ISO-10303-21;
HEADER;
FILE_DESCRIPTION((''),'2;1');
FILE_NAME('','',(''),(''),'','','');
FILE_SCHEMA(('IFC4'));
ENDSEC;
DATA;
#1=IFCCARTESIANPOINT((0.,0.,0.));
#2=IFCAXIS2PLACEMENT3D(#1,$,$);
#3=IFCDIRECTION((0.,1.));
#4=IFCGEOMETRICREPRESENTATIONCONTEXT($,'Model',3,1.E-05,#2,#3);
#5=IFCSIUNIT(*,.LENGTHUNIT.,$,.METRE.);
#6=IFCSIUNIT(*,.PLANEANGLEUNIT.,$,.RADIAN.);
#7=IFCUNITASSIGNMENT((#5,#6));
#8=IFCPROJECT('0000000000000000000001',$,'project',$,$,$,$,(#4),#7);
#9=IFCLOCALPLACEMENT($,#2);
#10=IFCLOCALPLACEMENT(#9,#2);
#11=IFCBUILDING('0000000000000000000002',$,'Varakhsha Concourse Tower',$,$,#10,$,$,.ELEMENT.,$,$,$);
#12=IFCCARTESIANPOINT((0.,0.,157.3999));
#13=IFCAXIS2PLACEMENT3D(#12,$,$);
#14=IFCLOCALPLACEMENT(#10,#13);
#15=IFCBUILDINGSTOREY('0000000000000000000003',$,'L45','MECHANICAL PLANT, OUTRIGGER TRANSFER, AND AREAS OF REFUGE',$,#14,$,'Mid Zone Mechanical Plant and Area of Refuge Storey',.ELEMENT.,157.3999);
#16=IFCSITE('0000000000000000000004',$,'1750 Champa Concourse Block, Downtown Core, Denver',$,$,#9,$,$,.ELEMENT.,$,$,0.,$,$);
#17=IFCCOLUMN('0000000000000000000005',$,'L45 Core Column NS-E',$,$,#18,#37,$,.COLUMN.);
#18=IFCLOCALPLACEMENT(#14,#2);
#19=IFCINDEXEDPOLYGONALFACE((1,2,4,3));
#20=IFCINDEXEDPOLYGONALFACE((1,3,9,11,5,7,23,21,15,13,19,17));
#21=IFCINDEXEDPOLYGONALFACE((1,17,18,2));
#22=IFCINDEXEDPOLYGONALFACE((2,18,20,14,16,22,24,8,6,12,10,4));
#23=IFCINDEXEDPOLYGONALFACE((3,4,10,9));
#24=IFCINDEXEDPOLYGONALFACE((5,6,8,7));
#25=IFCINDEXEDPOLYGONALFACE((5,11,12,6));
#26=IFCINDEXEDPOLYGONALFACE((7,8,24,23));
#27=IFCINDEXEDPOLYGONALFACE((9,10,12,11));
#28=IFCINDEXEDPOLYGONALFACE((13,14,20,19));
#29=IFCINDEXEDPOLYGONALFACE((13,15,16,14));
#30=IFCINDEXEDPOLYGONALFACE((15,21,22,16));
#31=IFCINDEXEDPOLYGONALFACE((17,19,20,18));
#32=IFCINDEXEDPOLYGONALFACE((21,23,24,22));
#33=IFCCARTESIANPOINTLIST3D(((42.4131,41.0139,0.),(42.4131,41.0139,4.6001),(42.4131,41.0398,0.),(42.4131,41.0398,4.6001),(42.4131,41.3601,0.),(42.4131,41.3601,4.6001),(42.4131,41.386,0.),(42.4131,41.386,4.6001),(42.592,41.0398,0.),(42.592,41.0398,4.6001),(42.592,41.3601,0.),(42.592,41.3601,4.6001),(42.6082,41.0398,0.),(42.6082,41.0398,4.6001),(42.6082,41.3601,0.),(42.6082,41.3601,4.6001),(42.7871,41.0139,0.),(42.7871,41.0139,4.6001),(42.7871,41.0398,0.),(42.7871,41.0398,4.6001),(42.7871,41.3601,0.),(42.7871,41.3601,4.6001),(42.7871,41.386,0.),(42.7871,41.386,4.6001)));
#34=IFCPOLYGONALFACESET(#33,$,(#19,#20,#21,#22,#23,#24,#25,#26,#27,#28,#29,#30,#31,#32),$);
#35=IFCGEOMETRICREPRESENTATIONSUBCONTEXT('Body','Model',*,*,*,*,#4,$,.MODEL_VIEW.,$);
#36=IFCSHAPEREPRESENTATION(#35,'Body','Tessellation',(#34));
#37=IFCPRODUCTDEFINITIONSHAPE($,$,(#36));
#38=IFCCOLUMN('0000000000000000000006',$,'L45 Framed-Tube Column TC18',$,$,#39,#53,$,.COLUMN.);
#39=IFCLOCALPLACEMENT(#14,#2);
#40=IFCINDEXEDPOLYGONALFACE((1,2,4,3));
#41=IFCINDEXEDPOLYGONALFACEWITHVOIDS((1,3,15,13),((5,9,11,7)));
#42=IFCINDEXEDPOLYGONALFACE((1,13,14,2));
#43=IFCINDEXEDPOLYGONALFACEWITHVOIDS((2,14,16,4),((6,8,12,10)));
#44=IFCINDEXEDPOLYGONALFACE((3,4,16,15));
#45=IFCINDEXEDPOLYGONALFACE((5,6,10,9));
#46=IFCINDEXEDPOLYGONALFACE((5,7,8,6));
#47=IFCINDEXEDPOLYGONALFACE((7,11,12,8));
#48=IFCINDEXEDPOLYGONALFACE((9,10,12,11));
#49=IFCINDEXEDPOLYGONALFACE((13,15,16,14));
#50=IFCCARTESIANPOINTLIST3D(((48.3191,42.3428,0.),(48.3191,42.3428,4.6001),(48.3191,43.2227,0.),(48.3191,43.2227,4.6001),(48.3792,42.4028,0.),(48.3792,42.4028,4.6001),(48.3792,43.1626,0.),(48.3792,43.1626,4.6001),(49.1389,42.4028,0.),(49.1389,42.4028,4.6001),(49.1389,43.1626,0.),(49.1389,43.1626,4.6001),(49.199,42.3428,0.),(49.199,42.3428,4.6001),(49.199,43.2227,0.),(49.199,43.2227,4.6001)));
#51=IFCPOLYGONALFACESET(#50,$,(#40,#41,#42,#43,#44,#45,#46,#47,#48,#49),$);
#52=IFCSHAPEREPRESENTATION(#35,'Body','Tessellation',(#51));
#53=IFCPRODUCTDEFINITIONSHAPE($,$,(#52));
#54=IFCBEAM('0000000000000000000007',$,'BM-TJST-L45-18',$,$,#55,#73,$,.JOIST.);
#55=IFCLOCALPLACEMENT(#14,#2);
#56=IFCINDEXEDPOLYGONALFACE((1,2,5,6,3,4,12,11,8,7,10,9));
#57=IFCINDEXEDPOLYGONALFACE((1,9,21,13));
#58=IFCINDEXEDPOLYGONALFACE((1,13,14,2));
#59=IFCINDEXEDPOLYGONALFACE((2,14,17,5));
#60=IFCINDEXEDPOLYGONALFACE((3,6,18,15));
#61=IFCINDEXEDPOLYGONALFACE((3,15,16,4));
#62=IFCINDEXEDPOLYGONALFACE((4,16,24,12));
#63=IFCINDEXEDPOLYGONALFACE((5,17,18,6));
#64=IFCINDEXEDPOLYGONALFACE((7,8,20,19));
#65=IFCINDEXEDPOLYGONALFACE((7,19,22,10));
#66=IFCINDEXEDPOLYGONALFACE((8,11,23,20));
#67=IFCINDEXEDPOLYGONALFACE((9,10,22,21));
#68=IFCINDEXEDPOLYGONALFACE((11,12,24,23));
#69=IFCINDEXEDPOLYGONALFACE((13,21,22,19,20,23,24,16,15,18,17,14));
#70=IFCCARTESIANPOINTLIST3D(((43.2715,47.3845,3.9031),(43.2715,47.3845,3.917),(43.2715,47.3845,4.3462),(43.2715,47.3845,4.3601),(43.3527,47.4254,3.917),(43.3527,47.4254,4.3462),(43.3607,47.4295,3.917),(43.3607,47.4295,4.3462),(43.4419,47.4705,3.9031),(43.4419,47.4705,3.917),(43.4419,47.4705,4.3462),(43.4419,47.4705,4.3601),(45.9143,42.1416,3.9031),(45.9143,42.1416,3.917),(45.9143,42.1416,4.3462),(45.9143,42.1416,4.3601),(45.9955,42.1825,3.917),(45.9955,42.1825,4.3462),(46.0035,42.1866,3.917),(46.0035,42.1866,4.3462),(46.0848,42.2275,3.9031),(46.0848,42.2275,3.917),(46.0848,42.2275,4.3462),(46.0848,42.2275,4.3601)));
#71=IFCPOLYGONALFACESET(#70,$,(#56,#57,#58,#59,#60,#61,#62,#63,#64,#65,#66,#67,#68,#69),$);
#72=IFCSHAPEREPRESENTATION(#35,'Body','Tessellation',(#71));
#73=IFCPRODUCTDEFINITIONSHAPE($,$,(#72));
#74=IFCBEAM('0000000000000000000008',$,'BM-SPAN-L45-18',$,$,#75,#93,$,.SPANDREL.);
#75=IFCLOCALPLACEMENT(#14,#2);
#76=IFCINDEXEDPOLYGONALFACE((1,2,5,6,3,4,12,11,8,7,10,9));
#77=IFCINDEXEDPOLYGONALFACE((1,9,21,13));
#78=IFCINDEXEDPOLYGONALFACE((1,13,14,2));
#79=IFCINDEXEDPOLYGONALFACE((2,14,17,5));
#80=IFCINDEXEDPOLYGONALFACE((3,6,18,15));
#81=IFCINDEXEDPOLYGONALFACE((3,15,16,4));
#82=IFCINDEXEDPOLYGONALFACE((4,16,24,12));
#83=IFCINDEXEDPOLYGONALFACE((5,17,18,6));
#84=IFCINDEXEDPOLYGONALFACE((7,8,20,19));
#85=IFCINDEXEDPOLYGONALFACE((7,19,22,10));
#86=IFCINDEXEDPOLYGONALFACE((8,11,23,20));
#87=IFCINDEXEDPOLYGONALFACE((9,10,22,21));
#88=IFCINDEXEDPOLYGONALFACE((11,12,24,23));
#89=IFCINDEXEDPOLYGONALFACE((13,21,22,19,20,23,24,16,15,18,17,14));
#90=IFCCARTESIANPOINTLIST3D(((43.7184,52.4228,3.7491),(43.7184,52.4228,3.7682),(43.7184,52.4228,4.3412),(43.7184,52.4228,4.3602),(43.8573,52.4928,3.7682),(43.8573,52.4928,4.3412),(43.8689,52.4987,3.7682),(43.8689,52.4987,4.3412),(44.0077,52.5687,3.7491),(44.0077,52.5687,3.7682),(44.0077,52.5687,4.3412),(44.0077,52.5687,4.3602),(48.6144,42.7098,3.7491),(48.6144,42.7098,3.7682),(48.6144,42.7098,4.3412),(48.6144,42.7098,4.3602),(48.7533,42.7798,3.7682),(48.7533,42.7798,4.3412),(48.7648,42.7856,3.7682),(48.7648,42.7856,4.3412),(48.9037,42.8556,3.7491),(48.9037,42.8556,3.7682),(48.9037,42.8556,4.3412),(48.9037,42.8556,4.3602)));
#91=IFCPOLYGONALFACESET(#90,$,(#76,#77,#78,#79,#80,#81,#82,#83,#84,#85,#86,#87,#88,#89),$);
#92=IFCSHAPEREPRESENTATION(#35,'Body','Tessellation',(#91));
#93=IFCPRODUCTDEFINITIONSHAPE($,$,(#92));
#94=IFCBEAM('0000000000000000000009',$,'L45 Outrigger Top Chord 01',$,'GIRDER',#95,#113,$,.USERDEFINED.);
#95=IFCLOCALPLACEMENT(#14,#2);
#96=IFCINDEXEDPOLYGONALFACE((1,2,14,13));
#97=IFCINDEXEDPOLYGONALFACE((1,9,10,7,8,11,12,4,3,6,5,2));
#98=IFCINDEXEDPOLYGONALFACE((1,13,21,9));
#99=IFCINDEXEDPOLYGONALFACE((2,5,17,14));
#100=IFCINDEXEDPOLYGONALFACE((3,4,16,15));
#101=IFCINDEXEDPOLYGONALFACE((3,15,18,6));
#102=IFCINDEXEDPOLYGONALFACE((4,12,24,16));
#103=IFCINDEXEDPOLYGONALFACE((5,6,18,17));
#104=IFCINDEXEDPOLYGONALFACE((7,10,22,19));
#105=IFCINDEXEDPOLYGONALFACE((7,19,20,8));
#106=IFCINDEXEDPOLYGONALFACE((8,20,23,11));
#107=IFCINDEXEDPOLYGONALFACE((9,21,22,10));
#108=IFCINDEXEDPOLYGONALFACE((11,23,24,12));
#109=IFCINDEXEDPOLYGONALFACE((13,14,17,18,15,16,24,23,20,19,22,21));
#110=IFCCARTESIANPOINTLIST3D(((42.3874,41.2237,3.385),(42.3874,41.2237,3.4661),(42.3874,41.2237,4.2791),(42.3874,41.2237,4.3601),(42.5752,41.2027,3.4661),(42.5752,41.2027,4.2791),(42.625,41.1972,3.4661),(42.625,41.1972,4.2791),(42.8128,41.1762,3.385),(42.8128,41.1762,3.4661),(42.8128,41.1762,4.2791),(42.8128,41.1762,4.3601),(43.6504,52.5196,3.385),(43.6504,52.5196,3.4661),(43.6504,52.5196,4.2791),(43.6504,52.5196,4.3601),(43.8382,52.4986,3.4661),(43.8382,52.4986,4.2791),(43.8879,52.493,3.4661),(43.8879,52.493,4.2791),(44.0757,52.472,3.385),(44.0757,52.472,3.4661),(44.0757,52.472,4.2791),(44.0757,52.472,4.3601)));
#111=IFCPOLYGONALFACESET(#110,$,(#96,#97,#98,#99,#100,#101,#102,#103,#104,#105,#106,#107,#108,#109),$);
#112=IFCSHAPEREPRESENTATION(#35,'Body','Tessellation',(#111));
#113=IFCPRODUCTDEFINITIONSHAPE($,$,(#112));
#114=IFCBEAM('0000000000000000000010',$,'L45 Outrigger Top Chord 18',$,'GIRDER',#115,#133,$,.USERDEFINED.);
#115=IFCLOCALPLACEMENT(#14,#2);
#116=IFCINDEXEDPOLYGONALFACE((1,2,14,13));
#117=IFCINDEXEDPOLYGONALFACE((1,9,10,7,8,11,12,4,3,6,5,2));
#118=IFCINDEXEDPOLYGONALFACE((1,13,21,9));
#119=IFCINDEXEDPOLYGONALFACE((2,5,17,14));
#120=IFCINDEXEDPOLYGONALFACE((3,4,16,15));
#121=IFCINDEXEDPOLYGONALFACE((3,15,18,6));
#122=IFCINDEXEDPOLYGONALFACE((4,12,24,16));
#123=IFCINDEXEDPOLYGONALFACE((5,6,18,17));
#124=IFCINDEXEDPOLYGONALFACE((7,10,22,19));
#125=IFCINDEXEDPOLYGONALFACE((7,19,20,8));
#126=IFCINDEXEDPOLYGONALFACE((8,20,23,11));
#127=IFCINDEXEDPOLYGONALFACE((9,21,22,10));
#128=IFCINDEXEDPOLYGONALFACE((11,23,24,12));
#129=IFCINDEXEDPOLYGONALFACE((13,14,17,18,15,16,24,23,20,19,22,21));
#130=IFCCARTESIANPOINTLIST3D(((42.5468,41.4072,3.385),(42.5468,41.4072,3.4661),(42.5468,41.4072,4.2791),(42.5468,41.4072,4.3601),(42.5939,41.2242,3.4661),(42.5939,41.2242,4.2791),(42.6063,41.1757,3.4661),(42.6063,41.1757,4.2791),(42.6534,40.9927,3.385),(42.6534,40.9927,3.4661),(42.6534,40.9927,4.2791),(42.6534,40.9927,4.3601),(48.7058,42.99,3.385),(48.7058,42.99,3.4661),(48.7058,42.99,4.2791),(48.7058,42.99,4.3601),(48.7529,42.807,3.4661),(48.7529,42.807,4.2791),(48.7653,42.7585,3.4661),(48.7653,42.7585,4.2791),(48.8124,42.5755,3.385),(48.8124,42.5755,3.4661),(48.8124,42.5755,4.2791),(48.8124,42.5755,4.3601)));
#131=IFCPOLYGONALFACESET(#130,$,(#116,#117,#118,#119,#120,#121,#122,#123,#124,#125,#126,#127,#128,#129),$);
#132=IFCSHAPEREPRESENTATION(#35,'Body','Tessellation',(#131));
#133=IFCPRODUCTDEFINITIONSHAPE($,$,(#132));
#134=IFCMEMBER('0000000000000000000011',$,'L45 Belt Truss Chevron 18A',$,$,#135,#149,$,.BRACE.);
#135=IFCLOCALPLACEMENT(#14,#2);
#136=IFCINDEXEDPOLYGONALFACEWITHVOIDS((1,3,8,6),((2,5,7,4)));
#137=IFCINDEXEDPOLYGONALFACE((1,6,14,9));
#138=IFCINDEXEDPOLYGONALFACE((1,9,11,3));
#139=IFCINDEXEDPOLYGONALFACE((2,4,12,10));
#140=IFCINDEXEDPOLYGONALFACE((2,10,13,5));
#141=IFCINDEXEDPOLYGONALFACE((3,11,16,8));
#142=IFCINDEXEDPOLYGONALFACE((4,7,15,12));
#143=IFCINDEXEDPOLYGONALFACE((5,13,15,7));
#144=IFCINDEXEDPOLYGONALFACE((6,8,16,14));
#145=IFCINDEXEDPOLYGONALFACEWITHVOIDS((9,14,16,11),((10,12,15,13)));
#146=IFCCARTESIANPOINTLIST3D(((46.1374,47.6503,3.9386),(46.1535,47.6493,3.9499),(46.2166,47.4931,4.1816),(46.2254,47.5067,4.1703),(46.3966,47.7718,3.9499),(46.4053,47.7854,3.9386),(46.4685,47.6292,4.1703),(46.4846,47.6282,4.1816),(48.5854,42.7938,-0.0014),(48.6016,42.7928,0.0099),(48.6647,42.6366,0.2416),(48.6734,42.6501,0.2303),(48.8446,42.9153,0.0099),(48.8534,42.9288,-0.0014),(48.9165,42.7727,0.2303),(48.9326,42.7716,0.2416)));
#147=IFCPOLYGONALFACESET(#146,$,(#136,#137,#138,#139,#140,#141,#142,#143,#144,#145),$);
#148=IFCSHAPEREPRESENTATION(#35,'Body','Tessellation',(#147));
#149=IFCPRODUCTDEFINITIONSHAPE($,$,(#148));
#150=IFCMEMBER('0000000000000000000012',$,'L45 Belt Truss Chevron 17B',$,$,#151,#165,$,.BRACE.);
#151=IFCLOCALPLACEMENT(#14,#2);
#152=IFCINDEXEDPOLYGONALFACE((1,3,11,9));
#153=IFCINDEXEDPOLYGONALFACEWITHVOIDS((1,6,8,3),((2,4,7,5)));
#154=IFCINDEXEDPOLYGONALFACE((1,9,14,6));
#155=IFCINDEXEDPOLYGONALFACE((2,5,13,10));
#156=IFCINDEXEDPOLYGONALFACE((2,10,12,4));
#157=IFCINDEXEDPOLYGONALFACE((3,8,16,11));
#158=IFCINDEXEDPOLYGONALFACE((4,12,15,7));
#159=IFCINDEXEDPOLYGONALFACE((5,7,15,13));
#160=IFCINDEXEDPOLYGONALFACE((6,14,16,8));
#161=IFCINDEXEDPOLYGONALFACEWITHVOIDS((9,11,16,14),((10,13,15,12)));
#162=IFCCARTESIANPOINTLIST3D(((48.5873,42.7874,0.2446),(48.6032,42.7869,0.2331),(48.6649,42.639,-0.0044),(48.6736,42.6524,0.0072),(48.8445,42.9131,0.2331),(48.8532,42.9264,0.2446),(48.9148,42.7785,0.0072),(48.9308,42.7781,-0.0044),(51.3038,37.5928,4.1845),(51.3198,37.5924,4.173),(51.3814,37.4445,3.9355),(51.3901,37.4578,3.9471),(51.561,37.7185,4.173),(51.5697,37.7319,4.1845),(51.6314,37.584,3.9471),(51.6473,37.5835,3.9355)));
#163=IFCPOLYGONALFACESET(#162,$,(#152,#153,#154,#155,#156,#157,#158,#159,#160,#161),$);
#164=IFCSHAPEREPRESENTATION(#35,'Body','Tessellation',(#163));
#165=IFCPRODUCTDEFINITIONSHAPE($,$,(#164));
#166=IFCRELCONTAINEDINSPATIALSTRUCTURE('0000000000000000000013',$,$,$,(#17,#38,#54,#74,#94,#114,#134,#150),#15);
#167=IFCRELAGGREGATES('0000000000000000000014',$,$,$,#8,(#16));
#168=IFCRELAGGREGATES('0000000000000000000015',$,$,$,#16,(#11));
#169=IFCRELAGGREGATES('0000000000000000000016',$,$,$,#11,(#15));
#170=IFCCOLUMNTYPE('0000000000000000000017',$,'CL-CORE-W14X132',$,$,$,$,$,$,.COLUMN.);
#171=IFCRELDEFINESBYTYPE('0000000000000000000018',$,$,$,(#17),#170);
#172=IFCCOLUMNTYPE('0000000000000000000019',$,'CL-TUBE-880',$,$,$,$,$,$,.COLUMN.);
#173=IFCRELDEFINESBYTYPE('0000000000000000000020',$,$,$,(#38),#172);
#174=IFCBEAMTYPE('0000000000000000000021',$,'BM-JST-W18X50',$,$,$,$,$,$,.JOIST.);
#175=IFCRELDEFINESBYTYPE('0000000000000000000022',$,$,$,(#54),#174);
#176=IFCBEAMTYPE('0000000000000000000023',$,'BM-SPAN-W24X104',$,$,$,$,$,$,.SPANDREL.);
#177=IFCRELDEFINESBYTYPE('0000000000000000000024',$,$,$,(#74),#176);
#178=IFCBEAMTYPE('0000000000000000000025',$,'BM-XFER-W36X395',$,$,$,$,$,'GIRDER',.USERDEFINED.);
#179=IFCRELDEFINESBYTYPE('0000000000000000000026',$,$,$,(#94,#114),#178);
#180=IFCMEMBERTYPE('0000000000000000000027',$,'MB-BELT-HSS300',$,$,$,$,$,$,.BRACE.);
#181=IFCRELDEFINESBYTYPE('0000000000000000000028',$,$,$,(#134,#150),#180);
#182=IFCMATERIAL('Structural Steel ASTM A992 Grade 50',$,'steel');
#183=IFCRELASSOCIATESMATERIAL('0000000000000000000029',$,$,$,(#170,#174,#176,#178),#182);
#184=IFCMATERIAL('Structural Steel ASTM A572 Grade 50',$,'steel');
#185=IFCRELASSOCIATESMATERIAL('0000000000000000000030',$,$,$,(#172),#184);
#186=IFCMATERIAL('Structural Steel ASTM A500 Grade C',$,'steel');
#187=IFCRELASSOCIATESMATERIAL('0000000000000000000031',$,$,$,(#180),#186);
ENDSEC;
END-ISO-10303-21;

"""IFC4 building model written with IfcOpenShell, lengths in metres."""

from ifc_helpers import new_model, si_unit, direction, frame, origin, origin_2d, place, context, subcontext, project, spatial, hollow_rectangle, i_section, extrude, source, transform, mapped, material, material_profile, profile_set, type_object, type_shapes, element, save


model = new_model("IFC4")

# Units and contexts
model_context = context("Model", 3, precision=1e-05, world=origin(), true_north=direction((0.0, 1.0)))
body_context = subcontext(model_context, "Body", "Model", "MODEL_VIEW")
ifc_project = project(units=[si_unit("LENGTHUNIT", "METRE"), si_unit("PLANEANGLEUNIT", "RADIAN")], contexts=[model_context])

# Site, building, storey
site_placement = place(None, origin())
site = spatial("IfcSite", under=ifc_project, at=site_placement, Name="1750 Champa Concourse Block, Downtown Core, Denver", CompositionType="ELEMENT", RefElevation=0.0)
building_placement = place(site_placement, origin())
building = spatial("IfcBuilding", under=site, at=building_placement, Name="Varakhsha Concourse Tower", CompositionType="ELEMENT")
storey_placement = place(building_placement, frame((0.0, 0.0, 157.3999)))
storey = spatial("IfcBuildingStorey", under=building, at=storey_placement, Name="L45", Description="MECHANICAL PLANT, OUTRIGGER TRANSFER, AND AREAS OF REFUGE", LongName="Mid Zone Mechanical Plant and Area of Refuge Storey", CompositionType="ELEMENT", Elevation=157.3999)

# Columns
ifc_material_1 = material(Name="Structural Steel ASTM A992 Grade 50", Category="steel")
ifc_material_profile_1 = material_profile(ifc_material_1, i_section(OverallWidth=0.374, OverallDepth=0.3721, WebThickness=0.0161, FlangeThickness=0.0259, at=origin_2d()), Name="W14X132")
ifc_profile_set_1 = profile_set([ifc_material_profile_1], Name="Structural Steel ASTM A992 Grade 50")
column_type_1 = type_object("IfcColumnType", Name="CL-CORE-W14X132", PredefinedType="COLUMN", material=ifc_profile_set_1)
column_1_placement = place(storey_placement, frame((42.6001, 41.2, 0.0), z_axis=(0.0, 0.0, 1.0), x_axis=(1.0, 0.0, 0.0)))
element("IfcColumn", 1, at=column_1_placement, inside=storey, type_object=column_type_1, Name="L45 Core Column NS-E", PredefinedType="COLUMN", context=body_context, shape_type="SweptSolid", body=[
    extrude(i_section(OverallWidth=0.374, OverallDepth=0.3721, WebThickness=0.0161, FlangeThickness=0.0259, at=origin_2d()), origin(), (0.0, 0.0, 1.0), 4.6001),
])
ifc_material_2 = material(Name="Structural Steel ASTM A572 Grade 50", Category="steel")
ifc_material_profile_2 = material_profile(ifc_material_2, hollow_rectangle(XDim=0.8799, YDim=0.8799, WallThickness=0.0601, at=origin_2d()), Name="BOX 880x880x60")
ifc_profile_set_2 = profile_set([ifc_material_profile_2], Name="Structural Steel ASTM A572 Grade 50")
column_type_2 = type_object("IfcColumnType", Name="CL-TUBE-880", PredefinedType="COLUMN", material=ifc_profile_set_2)
column_2_placement = place(storey_placement, frame((48.759, 42.7827, 0.0), z_axis=(0.0, 0.0, 1.0), x_axis=(1.0, 0.0, 0.0)))
element("IfcColumn", 2, at=column_2_placement, inside=storey, type_object=column_type_2, Name="L45 Framed-Tube Column TC18", PredefinedType="COLUMN", context=body_context, shape_type="SweptSolid", body=[
    extrude(hollow_rectangle(XDim=0.8799, YDim=0.8799, WallThickness=0.0601, at=origin_2d()), origin(), (0.0, 0.0, 1.0), 4.6001),
])

# Beams
ifc_material_profile_3 = material_profile(ifc_material_1, i_section(OverallWidth=0.1909, OverallDepth=0.457, WebThickness=0.009, FlangeThickness=0.0139, at=origin_2d()), Name="W18X50")
ifc_profile_set_3 = profile_set([ifc_material_profile_3], Name="Structural Steel ASTM A992 Grade 50")
beam_type_1 = type_object("IfcBeamType", Name="BM-JST-W18X50", PredefinedType="JOIST", material=ifc_profile_set_3)
beam_1_placement = place(storey_placement, frame((45.9995, 42.1846, 4.1316), z_axis=(-0.450122, 0.892967, 0.0), x_axis=(-0.892967, -0.450122, 0.0)))
element("IfcBeam", 3, at=beam_1_placement, inside=storey, type_object=beam_type_1, Name="BM-TJST-L45-18", PredefinedType="JOIST", context=body_context, shape_type="SweptSolid", body=[
    extrude(i_section(OverallWidth=0.1909, OverallDepth=0.457, WebThickness=0.009, FlangeThickness=0.0139, at=origin_2d()), origin(), (0.0, 0.0, 1.0), 5.8713),
])
ifc_material_profile_4 = material_profile(ifc_material_1, i_section(OverallWidth=0.324, OverallDepth=0.6111, WebThickness=0.0129, FlangeThickness=0.019, at=origin_2d()), Name="W24X104")
ifc_profile_set_4 = profile_set([ifc_material_profile_4], Name="Structural Steel ASTM A992 Grade 50")
beam_type_2 = type_object("IfcBeamType", Name="BM-SPAN-W24X104", PredefinedType="SPANDREL", material=ifc_profile_set_4)
beam_2_placement = place(storey_placement, frame((48.759, 42.7827, 4.0547), z_axis=(-0.450111, 0.892973, 0.0), x_axis=(-0.892973, -0.450111, 0.0)))
element("IfcBeam", 4, at=beam_2_placement, inside=storey, type_object=beam_type_2, Name="BM-SPAN-L45-18", PredefinedType="SPANDREL", context=body_context, shape_type="SweptSolid", body=[
    extrude(i_section(OverallWidth=0.324, OverallDepth=0.6111, WebThickness=0.0129, FlangeThickness=0.019, at=origin_2d()), origin(), (0.0, 0.0, 1.0), 10.8772),
])
ifc_material_profile_5 = material_profile(ifc_material_1, i_section(OverallWidth=0.428, OverallDepth=0.9751, WebThickness=0.05, FlangeThickness=0.0811, at=origin_2d()), Name="W36X395")
ifc_profile_set_5 = profile_set([ifc_material_profile_5], Name="Structural Steel ASTM A992 Grade 50")
beam_type_3 = type_object("IfcBeamType", Name="BM-XFER-W36X395", ElementType="GIRDER", PredefinedType="USERDEFINED", material=ifc_profile_set_5)
beam_3_placement = place(storey_placement, frame((42.6001, 41.2, 3.8726), z_axis=(0.111113, 0.993808, 0.0), x_axis=(-0.993808, 0.111113, 0.0)))
element("IfcBeam", 5, at=beam_3_placement, inside=storey, type_object=beam_type_3, Name="L45 Outrigger Top Chord 01", ObjectType="GIRDER", PredefinedType="USERDEFINED", context=body_context, shape_type="SweptSolid", body=[
    extrude(i_section(OverallWidth=0.428, OverallDepth=0.9751, WebThickness=0.05, FlangeThickness=0.0811, at=origin_2d()), origin(), (0.0, 0.0, 1.0), 11.3662),
])
beam_4_placement = place(storey_placement, frame((42.6001, 41.2, 3.8726), z_axis=(0.968529, 0.248899, 0.0), x_axis=(-0.248899, 0.968529, 0.0)))
element("IfcBeam", 6, at=beam_4_placement, inside=storey, type_object=beam_type_3, Name="L45 Outrigger Top Chord 18", ObjectType="GIRDER", PredefinedType="USERDEFINED", context=body_context, shape_type="SweptSolid", body=[
    extrude(i_section(OverallWidth=0.428, OverallDepth=0.9751, WebThickness=0.05, FlangeThickness=0.0811, at=origin_2d()), origin(), (0.0, 0.0, 1.0), 6.3591),
])

# Members
ifc_material_3 = material(Name="Structural Steel ASTM A500 Grade C", Category="steel")
ifc_material_profile_6 = material_profile(ifc_material_3, hollow_rectangle(XDim=0.3, YDim=0.3, WallThickness=0.0139, at=origin_2d()), Name="HSS 300x300x14")
ifc_profile_set_6 = profile_set([ifc_material_profile_6], Name="Structural Steel ASTM A500 Grade C")
member_type_1 = type_object("IfcMemberType", Name="MB-BELT-HSS300", PredefinedType="BRACE", material=ifc_profile_set_6)
shared_shape_1 = source(origin(), body_context, "Body", "SweptSolid", [
    extrude(hollow_rectangle(XDim=0.3, YDim=0.3, WallThickness=0.0139, at=origin_2d()), origin(), (0.0, 0.0, 1.0), 6.7158),
])
member_1_placement = place(storey_placement, frame((48.759, 42.7827, 0.1201), z_axis=(-0.364518, 0.723146, 0.586674), x_axis=(-0.892968, -0.45012, 0.0)))
element("IfcMember", 7, at=member_1_placement, inside=storey, type_object=member_type_1, Name="L45 Belt Truss Chevron 18A", PredefinedType="BRACE", context=body_context, shape_type="MappedRepresentation", body=[
    mapped(shared_shape_1, transform((0.0, 0.0, 0.0), scale=1.0)),
])
shared_shape_2 = source(origin(), body_context, "Body", "SweptSolid", [
    extrude(hollow_rectangle(XDim=0.3, YDim=0.3, WallThickness=0.0139, at=origin_2d()), origin(), (0.0, 0.0, 1.0), 7.063),
])
type_shapes(member_type_1, [shared_shape_1, shared_shape_2])
member_2_placement = place(storey_placement, frame((48.759, 42.7827, 0.1201), z_axis=(0.384616, -0.73546, 0.557826), x_axis=(0.886141, 0.463416, 0.0)))
element("IfcMember", 8, at=member_2_placement, inside=storey, type_object=member_type_1, Name="L45 Belt Truss Chevron 17B", PredefinedType="BRACE", context=body_context, shape_type="MappedRepresentation", body=[
    mapped(shared_shape_2, transform((0.0, 0.0, 0.0), scale=1.0)),
])

save(model, "model.ifc")
